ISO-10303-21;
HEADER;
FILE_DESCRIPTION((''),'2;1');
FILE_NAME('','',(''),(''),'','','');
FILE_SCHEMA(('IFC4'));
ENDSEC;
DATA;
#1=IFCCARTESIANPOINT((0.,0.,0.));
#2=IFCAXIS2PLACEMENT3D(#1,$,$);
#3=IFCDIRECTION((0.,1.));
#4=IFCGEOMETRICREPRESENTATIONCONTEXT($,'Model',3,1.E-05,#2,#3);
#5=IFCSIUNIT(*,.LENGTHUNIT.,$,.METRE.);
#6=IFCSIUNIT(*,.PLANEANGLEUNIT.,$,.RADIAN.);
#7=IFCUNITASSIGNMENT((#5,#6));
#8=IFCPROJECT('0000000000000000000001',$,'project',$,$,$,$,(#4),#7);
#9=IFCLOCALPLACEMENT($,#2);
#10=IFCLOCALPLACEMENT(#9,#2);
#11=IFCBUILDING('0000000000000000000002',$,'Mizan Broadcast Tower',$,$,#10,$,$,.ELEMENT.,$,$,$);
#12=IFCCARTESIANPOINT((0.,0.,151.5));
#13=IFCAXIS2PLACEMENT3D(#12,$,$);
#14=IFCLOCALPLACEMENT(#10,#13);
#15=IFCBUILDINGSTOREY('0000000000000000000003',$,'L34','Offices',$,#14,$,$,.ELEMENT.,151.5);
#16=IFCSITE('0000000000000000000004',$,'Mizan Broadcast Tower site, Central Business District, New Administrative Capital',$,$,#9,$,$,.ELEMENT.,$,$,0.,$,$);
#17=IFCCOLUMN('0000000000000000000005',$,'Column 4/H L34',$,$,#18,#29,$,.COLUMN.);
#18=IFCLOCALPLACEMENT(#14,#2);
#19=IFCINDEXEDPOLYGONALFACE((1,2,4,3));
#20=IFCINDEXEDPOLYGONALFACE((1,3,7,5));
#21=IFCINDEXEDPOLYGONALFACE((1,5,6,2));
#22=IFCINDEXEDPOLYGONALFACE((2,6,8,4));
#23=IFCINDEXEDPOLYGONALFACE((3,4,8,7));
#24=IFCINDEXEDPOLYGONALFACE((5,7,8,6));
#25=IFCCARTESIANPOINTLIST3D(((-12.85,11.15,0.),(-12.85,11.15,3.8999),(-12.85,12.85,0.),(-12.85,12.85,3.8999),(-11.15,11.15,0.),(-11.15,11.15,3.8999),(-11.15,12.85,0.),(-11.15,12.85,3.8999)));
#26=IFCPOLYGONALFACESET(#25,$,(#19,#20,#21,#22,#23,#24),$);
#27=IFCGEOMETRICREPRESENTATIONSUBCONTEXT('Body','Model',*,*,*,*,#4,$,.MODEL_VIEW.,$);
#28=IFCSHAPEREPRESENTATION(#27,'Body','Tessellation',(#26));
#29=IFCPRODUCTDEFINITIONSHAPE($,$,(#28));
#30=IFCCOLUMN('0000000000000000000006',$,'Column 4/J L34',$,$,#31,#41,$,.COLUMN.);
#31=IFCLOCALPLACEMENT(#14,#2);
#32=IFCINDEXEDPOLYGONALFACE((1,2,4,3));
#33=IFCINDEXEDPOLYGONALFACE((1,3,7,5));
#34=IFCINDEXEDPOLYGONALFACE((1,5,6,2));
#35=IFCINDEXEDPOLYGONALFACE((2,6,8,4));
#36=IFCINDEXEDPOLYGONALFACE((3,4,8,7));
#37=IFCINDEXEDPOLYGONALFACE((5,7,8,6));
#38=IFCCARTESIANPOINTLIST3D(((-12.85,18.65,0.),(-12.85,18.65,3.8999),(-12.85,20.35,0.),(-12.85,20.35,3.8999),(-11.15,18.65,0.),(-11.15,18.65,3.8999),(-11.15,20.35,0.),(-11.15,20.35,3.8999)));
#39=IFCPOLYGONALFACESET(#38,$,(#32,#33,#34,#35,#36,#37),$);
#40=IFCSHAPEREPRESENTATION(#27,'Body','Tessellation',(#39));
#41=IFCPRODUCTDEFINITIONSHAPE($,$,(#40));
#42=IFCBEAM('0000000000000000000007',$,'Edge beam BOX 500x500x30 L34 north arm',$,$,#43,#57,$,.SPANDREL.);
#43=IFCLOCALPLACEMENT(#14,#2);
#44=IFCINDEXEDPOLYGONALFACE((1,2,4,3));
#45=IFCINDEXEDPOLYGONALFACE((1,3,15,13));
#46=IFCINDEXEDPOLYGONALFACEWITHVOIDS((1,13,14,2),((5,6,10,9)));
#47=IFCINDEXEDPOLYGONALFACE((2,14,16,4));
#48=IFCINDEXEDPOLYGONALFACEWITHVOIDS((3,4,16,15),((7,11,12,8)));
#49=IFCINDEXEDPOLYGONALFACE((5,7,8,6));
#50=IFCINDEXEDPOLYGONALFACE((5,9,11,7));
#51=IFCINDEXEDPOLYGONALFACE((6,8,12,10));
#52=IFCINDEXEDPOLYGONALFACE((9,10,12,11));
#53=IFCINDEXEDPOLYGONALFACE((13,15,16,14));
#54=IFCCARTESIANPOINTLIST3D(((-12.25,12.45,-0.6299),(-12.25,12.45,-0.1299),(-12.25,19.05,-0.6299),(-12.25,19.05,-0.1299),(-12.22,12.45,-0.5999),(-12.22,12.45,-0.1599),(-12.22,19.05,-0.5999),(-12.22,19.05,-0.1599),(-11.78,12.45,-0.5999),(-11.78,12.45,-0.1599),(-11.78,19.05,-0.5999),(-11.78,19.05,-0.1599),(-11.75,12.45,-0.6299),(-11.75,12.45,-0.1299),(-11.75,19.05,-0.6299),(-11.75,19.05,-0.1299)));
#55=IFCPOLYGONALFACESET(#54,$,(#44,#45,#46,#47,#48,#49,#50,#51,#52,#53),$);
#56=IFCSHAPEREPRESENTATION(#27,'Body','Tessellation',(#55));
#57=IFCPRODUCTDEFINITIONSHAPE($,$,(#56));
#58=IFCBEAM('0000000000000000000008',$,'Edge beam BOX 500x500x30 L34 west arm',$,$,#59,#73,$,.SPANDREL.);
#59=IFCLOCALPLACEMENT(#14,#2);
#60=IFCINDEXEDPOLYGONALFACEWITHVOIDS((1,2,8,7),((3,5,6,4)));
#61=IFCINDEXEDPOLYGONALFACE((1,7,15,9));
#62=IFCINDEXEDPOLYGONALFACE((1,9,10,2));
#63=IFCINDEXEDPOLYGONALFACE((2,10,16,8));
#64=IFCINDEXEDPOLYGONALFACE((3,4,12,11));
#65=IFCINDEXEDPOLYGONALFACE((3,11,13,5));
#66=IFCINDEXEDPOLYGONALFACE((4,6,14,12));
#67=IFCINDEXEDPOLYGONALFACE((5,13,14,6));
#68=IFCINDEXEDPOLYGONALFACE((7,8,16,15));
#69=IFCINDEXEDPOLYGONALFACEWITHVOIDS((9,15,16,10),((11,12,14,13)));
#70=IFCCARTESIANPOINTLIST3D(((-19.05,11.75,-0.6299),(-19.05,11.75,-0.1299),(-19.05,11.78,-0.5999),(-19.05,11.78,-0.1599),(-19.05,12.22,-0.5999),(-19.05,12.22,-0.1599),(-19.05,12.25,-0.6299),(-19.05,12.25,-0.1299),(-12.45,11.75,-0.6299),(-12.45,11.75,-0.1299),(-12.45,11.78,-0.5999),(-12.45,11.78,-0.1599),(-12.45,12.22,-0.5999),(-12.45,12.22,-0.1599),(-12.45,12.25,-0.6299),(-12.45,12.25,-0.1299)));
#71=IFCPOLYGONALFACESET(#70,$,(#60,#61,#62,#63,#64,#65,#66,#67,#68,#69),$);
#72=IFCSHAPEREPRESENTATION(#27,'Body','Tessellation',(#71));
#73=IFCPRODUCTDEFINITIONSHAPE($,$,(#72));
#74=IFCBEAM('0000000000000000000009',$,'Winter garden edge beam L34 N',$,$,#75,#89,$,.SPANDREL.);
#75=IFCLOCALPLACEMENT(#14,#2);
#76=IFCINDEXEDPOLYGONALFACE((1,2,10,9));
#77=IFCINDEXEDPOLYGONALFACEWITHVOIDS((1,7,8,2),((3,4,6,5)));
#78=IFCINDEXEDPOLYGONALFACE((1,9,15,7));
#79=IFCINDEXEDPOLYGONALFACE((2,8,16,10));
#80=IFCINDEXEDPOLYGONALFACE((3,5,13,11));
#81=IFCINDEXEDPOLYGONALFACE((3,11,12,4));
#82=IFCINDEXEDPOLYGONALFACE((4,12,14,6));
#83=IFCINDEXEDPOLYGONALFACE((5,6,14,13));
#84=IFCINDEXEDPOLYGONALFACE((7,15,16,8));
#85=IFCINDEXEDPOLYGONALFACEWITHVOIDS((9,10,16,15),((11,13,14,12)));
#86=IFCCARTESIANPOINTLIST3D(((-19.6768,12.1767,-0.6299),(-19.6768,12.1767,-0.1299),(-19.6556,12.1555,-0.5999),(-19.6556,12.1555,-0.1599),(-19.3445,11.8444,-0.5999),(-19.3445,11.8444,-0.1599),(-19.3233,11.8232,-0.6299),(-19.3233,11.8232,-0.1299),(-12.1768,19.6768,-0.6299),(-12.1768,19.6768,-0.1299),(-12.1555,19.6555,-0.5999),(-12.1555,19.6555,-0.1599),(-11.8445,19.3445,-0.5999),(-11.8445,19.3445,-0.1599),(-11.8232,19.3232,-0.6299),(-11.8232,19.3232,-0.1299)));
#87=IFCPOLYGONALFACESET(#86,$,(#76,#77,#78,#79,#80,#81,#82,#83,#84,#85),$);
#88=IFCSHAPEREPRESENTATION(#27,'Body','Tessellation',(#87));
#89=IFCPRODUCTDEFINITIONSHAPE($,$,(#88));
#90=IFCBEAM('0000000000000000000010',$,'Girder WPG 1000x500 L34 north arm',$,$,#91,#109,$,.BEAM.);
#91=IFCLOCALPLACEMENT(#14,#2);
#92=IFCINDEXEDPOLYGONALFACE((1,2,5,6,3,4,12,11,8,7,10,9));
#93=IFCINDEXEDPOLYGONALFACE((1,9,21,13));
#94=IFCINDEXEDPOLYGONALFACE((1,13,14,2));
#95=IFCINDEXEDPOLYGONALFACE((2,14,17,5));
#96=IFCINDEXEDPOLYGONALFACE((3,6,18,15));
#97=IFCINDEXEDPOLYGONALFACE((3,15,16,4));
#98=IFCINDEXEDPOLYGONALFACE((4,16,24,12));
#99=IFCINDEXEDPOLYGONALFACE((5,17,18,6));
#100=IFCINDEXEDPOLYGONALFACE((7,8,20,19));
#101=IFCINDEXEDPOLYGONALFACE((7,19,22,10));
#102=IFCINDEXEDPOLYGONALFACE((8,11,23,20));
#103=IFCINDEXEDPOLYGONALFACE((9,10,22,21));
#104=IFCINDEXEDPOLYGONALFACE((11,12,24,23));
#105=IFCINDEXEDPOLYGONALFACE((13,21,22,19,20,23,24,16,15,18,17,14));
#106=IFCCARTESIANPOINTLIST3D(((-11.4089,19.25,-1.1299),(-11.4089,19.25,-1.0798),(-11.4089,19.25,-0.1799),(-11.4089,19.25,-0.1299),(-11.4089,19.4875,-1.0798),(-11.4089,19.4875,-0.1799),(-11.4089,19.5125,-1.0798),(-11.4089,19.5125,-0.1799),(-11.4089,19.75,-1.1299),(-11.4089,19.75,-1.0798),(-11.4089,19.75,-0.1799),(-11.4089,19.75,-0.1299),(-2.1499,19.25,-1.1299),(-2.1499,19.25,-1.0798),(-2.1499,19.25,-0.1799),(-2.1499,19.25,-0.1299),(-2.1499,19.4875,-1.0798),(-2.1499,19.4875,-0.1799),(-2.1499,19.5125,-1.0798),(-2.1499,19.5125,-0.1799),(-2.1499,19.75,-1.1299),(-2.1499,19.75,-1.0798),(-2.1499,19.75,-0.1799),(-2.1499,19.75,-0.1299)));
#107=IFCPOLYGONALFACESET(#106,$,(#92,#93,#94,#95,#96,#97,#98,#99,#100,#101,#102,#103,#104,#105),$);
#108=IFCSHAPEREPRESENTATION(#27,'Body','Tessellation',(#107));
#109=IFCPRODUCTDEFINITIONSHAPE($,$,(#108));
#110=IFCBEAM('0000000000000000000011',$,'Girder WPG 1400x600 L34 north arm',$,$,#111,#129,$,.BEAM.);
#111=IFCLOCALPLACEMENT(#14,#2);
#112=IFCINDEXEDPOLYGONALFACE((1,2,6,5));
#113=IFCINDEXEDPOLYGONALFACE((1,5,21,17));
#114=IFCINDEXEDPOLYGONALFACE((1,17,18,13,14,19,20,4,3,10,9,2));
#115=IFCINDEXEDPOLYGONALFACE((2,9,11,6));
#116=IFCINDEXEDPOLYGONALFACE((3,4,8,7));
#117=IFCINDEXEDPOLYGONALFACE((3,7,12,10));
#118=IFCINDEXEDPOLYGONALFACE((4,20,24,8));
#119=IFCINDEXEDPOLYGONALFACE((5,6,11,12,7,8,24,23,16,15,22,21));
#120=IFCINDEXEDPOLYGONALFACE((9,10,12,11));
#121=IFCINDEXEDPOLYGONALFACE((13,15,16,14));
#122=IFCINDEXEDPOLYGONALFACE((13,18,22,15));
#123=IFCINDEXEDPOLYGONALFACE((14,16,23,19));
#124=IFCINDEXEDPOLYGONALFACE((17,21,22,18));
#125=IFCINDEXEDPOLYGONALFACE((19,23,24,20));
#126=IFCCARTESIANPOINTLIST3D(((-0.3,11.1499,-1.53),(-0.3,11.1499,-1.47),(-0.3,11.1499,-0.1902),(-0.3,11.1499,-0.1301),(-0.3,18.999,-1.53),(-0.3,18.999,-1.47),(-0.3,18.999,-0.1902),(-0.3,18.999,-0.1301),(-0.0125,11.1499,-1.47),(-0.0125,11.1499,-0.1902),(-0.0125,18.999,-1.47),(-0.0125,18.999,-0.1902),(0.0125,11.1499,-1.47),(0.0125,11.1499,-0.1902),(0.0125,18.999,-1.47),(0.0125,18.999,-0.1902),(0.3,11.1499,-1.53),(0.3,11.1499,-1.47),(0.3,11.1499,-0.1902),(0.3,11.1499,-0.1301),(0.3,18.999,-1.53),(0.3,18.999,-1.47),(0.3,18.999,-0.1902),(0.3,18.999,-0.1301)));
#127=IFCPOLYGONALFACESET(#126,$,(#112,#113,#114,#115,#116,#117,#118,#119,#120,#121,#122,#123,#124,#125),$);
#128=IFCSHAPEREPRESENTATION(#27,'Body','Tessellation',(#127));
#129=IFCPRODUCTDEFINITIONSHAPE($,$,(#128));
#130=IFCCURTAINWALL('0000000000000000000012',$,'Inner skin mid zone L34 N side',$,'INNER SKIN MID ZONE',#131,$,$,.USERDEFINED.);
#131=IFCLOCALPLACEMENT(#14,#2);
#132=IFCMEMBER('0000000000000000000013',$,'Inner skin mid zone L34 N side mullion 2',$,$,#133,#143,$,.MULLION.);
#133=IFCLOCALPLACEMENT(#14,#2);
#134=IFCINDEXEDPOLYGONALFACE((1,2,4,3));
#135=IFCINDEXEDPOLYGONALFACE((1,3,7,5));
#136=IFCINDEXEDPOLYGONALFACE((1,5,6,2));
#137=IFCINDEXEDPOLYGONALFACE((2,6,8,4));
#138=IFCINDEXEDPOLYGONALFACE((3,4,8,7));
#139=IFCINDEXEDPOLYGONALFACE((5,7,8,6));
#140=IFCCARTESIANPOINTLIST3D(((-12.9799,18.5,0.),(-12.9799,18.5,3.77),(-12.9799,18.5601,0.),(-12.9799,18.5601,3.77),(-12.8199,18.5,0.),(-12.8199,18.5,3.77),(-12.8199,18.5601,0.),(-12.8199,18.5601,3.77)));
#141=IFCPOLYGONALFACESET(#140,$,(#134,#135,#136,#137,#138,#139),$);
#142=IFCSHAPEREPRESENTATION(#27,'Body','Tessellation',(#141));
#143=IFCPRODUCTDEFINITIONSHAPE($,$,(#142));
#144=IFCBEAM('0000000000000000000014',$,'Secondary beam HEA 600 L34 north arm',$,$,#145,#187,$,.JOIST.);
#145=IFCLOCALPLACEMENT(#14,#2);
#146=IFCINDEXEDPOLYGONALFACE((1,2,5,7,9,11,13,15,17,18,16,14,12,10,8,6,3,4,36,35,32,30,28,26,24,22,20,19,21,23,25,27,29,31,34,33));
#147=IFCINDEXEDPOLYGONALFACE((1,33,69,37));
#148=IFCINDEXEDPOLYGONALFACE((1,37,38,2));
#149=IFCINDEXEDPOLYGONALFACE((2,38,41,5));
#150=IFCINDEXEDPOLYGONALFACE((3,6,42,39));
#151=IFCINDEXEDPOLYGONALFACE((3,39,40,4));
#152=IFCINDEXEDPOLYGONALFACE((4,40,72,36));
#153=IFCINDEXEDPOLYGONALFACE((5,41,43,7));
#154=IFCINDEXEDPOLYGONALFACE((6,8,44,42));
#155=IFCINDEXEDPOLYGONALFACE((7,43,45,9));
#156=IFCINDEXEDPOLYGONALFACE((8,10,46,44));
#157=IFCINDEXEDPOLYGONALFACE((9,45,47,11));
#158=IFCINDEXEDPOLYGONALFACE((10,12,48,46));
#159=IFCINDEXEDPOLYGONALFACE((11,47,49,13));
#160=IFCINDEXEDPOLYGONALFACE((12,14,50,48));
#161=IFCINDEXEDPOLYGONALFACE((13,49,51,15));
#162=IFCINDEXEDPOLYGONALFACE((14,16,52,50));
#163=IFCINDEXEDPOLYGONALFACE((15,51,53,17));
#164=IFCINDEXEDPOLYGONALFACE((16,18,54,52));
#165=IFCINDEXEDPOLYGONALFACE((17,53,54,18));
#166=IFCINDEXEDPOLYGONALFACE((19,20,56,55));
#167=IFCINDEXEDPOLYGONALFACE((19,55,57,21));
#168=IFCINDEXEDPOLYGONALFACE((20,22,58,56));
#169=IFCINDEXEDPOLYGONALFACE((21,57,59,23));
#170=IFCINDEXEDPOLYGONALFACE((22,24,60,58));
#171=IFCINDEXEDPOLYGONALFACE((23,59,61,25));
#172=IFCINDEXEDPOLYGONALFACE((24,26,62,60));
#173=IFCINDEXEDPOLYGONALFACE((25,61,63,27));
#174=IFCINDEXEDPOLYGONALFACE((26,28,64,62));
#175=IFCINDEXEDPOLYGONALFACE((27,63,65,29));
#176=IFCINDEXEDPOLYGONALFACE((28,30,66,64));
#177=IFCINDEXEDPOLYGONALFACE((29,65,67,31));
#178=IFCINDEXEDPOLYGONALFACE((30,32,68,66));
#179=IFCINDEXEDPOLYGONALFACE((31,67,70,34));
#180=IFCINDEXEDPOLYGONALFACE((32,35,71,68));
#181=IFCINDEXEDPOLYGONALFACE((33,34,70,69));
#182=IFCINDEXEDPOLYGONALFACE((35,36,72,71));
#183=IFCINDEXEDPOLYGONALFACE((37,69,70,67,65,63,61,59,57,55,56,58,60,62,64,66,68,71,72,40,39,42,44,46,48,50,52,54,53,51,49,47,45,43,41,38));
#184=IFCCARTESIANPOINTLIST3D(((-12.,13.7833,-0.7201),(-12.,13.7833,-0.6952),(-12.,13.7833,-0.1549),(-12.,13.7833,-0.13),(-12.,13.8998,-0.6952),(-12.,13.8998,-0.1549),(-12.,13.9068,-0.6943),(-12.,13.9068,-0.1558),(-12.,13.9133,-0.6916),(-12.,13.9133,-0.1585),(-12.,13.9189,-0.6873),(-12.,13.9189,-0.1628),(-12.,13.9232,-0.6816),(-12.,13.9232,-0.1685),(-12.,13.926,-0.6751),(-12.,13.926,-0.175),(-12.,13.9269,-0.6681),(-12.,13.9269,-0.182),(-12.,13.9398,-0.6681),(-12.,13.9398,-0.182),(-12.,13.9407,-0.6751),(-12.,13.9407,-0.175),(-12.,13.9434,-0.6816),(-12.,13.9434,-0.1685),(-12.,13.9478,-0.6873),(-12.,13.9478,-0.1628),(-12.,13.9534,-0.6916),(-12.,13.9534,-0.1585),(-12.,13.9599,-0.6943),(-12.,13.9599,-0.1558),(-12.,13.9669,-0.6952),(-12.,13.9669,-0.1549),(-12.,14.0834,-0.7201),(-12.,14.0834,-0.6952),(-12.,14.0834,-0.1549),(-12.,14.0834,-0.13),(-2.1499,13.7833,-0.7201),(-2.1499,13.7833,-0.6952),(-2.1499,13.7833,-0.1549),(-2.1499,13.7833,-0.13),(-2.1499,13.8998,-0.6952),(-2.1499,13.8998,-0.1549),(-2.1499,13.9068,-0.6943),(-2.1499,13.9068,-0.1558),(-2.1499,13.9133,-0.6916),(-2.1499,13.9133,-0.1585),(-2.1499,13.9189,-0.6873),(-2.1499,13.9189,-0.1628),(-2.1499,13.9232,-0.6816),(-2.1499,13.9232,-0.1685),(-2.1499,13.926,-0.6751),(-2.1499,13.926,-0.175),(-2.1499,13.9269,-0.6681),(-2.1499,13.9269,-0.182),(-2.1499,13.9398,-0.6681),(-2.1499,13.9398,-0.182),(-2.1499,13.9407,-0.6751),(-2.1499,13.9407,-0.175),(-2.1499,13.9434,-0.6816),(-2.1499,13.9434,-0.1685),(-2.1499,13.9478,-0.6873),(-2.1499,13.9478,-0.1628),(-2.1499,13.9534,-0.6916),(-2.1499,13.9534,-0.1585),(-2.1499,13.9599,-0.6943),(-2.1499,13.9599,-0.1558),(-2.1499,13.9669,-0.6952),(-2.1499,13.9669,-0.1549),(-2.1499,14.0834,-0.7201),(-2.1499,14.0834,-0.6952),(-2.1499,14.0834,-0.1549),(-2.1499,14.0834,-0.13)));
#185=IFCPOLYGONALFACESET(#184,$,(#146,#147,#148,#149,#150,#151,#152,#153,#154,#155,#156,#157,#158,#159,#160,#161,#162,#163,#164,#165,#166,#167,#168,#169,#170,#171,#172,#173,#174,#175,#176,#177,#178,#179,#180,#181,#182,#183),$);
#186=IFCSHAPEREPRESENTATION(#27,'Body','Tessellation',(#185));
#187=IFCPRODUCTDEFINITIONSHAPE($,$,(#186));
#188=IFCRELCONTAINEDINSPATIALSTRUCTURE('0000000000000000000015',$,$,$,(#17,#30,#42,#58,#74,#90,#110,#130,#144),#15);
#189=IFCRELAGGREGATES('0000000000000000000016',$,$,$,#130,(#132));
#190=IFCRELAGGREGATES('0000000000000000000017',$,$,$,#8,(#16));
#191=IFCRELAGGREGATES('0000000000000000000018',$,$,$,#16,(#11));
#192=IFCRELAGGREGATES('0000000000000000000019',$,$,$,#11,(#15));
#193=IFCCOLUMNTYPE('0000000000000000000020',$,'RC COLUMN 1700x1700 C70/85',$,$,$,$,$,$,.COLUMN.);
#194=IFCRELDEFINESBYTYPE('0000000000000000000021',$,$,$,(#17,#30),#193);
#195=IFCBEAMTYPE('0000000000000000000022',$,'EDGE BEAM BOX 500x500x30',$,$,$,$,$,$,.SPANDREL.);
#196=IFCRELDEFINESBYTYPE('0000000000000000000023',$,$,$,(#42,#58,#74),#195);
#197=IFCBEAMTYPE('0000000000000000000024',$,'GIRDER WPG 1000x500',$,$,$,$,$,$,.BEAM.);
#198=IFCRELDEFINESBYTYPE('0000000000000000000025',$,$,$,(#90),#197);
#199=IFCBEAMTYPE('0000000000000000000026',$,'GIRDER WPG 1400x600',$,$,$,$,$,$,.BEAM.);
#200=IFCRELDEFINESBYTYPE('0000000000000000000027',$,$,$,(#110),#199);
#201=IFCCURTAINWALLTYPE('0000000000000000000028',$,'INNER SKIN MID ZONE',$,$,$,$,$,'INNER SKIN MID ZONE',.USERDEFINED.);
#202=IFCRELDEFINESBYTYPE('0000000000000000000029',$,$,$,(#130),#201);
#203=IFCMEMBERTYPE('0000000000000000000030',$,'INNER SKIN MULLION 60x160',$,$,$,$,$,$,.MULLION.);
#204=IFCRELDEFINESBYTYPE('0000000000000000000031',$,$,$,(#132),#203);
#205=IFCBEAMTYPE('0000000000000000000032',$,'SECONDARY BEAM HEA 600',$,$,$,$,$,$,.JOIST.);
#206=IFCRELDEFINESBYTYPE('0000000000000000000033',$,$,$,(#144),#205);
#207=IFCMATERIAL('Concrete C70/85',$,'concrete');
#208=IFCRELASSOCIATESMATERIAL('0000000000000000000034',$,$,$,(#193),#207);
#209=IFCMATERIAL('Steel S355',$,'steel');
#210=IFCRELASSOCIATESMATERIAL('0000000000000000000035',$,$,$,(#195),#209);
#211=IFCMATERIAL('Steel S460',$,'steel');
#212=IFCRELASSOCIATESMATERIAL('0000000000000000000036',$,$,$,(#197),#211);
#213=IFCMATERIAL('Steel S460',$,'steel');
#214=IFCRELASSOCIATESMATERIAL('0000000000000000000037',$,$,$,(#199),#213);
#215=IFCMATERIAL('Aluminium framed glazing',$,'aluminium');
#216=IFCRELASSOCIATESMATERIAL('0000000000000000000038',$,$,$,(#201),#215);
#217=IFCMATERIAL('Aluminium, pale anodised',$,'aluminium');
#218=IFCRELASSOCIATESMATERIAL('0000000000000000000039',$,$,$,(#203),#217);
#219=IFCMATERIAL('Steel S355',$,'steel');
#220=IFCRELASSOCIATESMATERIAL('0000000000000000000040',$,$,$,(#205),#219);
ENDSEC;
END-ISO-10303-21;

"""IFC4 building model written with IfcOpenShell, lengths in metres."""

from ifc_helpers import new_model, si_unit, direction, frame, origin, origin_2d, place, context, subcontext, project, spatial, rectangle, hollow_rectangle, i_section, extrude, material, material_profile, profile_set, type_object, element, aggregate, save


model = new_model("IFC4")

# Units and contexts
model_context = context("Model", 3, precision=1e-05, world=origin(), true_north=direction((0.0, 1.0)))
body_context = subcontext(model_context, "Body", "Model", "MODEL_VIEW")
ifc_project = project(units=[si_unit("LENGTHUNIT", "METRE"), si_unit("PLANEANGLEUNIT", "RADIAN")], contexts=[model_context])

# Site, building, storey
site_placement = place(None, origin())
site = spatial("IfcSite", under=ifc_project, at=site_placement, Name="Mizan Broadcast Tower site, Central Business District, New Administrative Capital", CompositionType="ELEMENT", RefElevation=0.0)
building_placement = place(site_placement, origin())
building = spatial("IfcBuilding", under=site, at=building_placement, Name="Mizan Broadcast Tower", CompositionType="ELEMENT")
storey_placement = place(building_placement, frame((0.0, 0.0, 151.5)))
storey = spatial("IfcBuildingStorey", under=building, at=storey_placement, Name="L34", Description="Offices", CompositionType="ELEMENT", Elevation=151.5)

# Columns
ifc_material_1 = material(Name="Concrete C70/85", Category="concrete")
ifc_material_profile_1 = material_profile(ifc_material_1, rectangle(XDim=1.7, YDim=1.7, at=origin_2d()), Name="RC 1700x1700")
ifc_profile_set_1 = profile_set([ifc_material_profile_1], Name="Concrete C70/85")
column_type = type_object("IfcColumnType", Name="RC COLUMN 1700x1700 C70/85", PredefinedType="COLUMN", material=ifc_profile_set_1)
for number, where, z_axis, x_axis, name in (
    (1, (-12.0, 12.0, 0.0), (0.0, 0.0, 1.0), (1.0, 0.0, 0.0), "Column 4/H L34"),
    (2, (-12.0, 19.5, 0.0), (0.0, 0.0, 1.0), (1.0, 0.0, 0.0), "Column 4/J L34"),
):
    element("IfcColumn", number, at=place(storey_placement, frame(where, z_axis=z_axis, x_axis=x_axis)), inside=storey, type_object=column_type, Name=name, PredefinedType="COLUMN", context=body_context, shape_type="SweptSolid", body=[
        extrude(rectangle(XDim=1.7, YDim=1.7, at=origin_2d()), origin(), (0.0, 0.0, 1.0), 3.8999),
    ])

# Beams
ifc_material_2 = material(Name="Steel S355", Category="steel")
ifc_material_profile_2 = material_profile(ifc_material_2, hollow_rectangle(XDim=0.5, YDim=0.5, WallThickness=0.03, at=origin_2d()), Name="BOX 500x500x30")
ifc_profile_set_2 = profile_set([ifc_material_profile_2], Name="Steel S355")
beam_type_1 = type_object("IfcBeamType", Name="EDGE BEAM BOX 500x500x30", PredefinedType="SPANDREL", material=ifc_profile_set_2)
for number, where, z_axis, x_axis, name in (
    (3, (-12.0, 12.45, -0.3799), (0.0, 1.0, 0.0), (-1.0, 0.0, 0.0), "Edge beam BOX 500x500x30 L34 north arm"),
    (4, (-12.45, 12.0, -0.3799), (-1.0, 0.0, 0.0), (0.0, -1.0, 0.0), "Edge beam BOX 500x500x30 L34 west arm"),
):
    element("IfcBeam", number, at=place(storey_placement, frame(where, z_axis=z_axis, x_axis=x_axis)), inside=storey, type_object=beam_type_1, Name=name, PredefinedType="SPANDREL", context=body_context, shape_type="SweptSolid", body=[
        extrude(hollow_rectangle(XDim=0.5, YDim=0.5, WallThickness=0.03, at=origin_2d()), origin(), (0.0, 0.0, 1.0), 6.6001),
    ])
beam_1_placement = place(storey_placement, frame((-12.0, 19.5, -0.3799), z_axis=(-0.707107, -0.707107, 0.0), x_axis=(0.707107, -0.707107, 0.0)))
element("IfcBeam", 5, at=beam_1_placement, inside=storey, type_object=beam_type_1, Name="Winter garden edge beam L34 N", PredefinedType="SPANDREL", context=body_context, shape_type="SweptSolid", body=[
    extrude(hollow_rectangle(XDim=0.5, YDim=0.5, WallThickness=0.03, at=origin_2d()), origin(), (0.0, 0.0, 1.0), 10.6067),
])
ifc_material_3 = material(Name="Steel S460", Category="steel")
ifc_material_profile_3 = material_profile(ifc_material_3, i_section(OverallWidth=0.5, OverallDepth=1.0, WebThickness=0.0249, FlangeThickness=0.05, at=origin_2d()), Name="WPG 1000x500")
ifc_profile_set_3 = profile_set([ifc_material_profile_3], Name="Steel S460")
beam_type_2 = type_object("IfcBeamType", Name="GIRDER WPG 1000x500", PredefinedType="BEAM", material=ifc_profile_set_3)
beam_2_placement = place(storey_placement, frame((-11.4089, 19.5, -0.6299), z_axis=(1.0, 0.0, 0.0), x_axis=(0.0, 1.0, 0.0)))
element("IfcBeam", 6, at=beam_2_placement, inside=storey, type_object=beam_type_2, Name="Girder WPG 1000x500 L34 north arm", PredefinedType="BEAM", context=body_context, shape_type="SweptSolid", body=[
    extrude(i_section(OverallWidth=0.5, OverallDepth=1.0, WebThickness=0.0249, FlangeThickness=0.05, at=origin_2d()), origin(), (0.0, 0.0, 1.0), 9.259),
])
ifc_material_4 = material(Name="Steel S460", Category="steel")
ifc_material_profile_4 = material_profile(ifc_material_4, i_section(OverallWidth=0.6001, OverallDepth=1.3999, WebThickness=0.0249, FlangeThickness=0.0601, at=origin_2d()), Name="WPG 1400x600")
ifc_profile_set_4 = profile_set([ifc_material_profile_4], Name="Steel S460")
beam_type_3 = type_object("IfcBeamType", Name="GIRDER WPG 1400x600", PredefinedType="BEAM", material=ifc_profile_set_4)
beam_3_placement = place(storey_placement, frame((0.0, 11.1499, -0.8301), z_axis=(0.0, 1.0, 0.0), x_axis=(-1.0, 0.0, 0.0)))
element("IfcBeam", 7, at=beam_3_placement, inside=storey, type_object=beam_type_3, Name="Girder WPG 1400x600 L34 north arm", PredefinedType="BEAM", context=body_context, shape_type="SweptSolid", body=[
    extrude(i_section(OverallWidth=0.6001, OverallDepth=1.3999, WebThickness=0.0249, FlangeThickness=0.0601, at=origin_2d()), origin(), (0.0, 0.0, 1.0), 7.8491),
])

# Curtain wall, member
ifc_material_5 = material(Name="Aluminium framed glazing", Category="aluminium")
curtain_wall_type = type_object("IfcCurtainWallType", Name="INNER SKIN MID ZONE", ElementType="INNER SKIN MID ZONE", PredefinedType="USERDEFINED", material=ifc_material_5)
curtain_wall_placement = place(storey_placement, origin())
curtain_wall = element("IfcCurtainWall", 8, at=curtain_wall_placement, inside=storey, type_object=curtain_wall_type, Name="Inner skin mid zone L34 N side", ObjectType="INNER SKIN MID ZONE", PredefinedType="USERDEFINED")
ifc_material_6 = material(Name="Aluminium, pale anodised", Category="aluminium")
ifc_material_profile_5 = material_profile(ifc_material_6, rectangle(XDim=0.1599, YDim=0.0601, at=origin_2d()), Name="MULLION 160x60")
ifc_profile_set_5 = profile_set([ifc_material_profile_5], Name="Aluminium, pale anodised")
member_type = type_object("IfcMemberType", Name="INNER SKIN MULLION 60x160", PredefinedType="MULLION", material=ifc_profile_set_5)
member_placement = place(storey_placement, frame((-12.8999, 18.53, 0.0), z_axis=(0.0, 0.0, 1.0), x_axis=(1.0, 0.0, 0.0)))
member = element("IfcMember", 9, at=member_placement, type_object=member_type, Name="Inner skin mid zone L34 N side mullion 2", PredefinedType="MULLION", context=body_context, shape_type="SweptSolid", body=[
    extrude(rectangle(XDim=0.1599, YDim=0.0601, at=origin_2d()), origin(), (0.0, 0.0, 1.0), 3.77),
])
aggregate(curtain_wall, [member])

# Beam
ifc_material_7 = material(Name="Steel S355", Category="steel")
ifc_material_profile_6 = material_profile(ifc_material_7, i_section(OverallWidth=0.3, OverallDepth=0.5901, WebThickness=0.0129, FlangeThickness=0.0249, FilletRadius=0.0271, at=origin_2d()), Name="HEA 600")
ifc_profile_set_6 = profile_set([ifc_material_profile_6], Name="Steel S355")
beam_type_4 = type_object("IfcBeamType", Name="SECONDARY BEAM HEA 600", PredefinedType="JOIST", material=ifc_profile_set_6)
for number, where, z_axis, x_axis, name in (
    (10, (-12.0, 13.9333, -0.425), (1.0, 0.0, 0.0), (0.0, 1.0, 0.0), "Secondary beam HEA 600 L34 north arm"),
):
    element("IfcBeam", number, at=place(storey_placement, frame(where, z_axis=z_axis, x_axis=x_axis)), inside=storey, type_object=beam_type_4, Name=name, PredefinedType="JOIST", context=body_context, shape_type="SweptSolid", body=[
        extrude(i_section(OverallWidth=0.3, OverallDepth=0.5901, WebThickness=0.0129, FlangeThickness=0.0249, FilletRadius=0.0271, at=origin_2d()), origin(), (0.0, 0.0, 1.0), 9.8501),
    ])

save(model, "model.ifc")
